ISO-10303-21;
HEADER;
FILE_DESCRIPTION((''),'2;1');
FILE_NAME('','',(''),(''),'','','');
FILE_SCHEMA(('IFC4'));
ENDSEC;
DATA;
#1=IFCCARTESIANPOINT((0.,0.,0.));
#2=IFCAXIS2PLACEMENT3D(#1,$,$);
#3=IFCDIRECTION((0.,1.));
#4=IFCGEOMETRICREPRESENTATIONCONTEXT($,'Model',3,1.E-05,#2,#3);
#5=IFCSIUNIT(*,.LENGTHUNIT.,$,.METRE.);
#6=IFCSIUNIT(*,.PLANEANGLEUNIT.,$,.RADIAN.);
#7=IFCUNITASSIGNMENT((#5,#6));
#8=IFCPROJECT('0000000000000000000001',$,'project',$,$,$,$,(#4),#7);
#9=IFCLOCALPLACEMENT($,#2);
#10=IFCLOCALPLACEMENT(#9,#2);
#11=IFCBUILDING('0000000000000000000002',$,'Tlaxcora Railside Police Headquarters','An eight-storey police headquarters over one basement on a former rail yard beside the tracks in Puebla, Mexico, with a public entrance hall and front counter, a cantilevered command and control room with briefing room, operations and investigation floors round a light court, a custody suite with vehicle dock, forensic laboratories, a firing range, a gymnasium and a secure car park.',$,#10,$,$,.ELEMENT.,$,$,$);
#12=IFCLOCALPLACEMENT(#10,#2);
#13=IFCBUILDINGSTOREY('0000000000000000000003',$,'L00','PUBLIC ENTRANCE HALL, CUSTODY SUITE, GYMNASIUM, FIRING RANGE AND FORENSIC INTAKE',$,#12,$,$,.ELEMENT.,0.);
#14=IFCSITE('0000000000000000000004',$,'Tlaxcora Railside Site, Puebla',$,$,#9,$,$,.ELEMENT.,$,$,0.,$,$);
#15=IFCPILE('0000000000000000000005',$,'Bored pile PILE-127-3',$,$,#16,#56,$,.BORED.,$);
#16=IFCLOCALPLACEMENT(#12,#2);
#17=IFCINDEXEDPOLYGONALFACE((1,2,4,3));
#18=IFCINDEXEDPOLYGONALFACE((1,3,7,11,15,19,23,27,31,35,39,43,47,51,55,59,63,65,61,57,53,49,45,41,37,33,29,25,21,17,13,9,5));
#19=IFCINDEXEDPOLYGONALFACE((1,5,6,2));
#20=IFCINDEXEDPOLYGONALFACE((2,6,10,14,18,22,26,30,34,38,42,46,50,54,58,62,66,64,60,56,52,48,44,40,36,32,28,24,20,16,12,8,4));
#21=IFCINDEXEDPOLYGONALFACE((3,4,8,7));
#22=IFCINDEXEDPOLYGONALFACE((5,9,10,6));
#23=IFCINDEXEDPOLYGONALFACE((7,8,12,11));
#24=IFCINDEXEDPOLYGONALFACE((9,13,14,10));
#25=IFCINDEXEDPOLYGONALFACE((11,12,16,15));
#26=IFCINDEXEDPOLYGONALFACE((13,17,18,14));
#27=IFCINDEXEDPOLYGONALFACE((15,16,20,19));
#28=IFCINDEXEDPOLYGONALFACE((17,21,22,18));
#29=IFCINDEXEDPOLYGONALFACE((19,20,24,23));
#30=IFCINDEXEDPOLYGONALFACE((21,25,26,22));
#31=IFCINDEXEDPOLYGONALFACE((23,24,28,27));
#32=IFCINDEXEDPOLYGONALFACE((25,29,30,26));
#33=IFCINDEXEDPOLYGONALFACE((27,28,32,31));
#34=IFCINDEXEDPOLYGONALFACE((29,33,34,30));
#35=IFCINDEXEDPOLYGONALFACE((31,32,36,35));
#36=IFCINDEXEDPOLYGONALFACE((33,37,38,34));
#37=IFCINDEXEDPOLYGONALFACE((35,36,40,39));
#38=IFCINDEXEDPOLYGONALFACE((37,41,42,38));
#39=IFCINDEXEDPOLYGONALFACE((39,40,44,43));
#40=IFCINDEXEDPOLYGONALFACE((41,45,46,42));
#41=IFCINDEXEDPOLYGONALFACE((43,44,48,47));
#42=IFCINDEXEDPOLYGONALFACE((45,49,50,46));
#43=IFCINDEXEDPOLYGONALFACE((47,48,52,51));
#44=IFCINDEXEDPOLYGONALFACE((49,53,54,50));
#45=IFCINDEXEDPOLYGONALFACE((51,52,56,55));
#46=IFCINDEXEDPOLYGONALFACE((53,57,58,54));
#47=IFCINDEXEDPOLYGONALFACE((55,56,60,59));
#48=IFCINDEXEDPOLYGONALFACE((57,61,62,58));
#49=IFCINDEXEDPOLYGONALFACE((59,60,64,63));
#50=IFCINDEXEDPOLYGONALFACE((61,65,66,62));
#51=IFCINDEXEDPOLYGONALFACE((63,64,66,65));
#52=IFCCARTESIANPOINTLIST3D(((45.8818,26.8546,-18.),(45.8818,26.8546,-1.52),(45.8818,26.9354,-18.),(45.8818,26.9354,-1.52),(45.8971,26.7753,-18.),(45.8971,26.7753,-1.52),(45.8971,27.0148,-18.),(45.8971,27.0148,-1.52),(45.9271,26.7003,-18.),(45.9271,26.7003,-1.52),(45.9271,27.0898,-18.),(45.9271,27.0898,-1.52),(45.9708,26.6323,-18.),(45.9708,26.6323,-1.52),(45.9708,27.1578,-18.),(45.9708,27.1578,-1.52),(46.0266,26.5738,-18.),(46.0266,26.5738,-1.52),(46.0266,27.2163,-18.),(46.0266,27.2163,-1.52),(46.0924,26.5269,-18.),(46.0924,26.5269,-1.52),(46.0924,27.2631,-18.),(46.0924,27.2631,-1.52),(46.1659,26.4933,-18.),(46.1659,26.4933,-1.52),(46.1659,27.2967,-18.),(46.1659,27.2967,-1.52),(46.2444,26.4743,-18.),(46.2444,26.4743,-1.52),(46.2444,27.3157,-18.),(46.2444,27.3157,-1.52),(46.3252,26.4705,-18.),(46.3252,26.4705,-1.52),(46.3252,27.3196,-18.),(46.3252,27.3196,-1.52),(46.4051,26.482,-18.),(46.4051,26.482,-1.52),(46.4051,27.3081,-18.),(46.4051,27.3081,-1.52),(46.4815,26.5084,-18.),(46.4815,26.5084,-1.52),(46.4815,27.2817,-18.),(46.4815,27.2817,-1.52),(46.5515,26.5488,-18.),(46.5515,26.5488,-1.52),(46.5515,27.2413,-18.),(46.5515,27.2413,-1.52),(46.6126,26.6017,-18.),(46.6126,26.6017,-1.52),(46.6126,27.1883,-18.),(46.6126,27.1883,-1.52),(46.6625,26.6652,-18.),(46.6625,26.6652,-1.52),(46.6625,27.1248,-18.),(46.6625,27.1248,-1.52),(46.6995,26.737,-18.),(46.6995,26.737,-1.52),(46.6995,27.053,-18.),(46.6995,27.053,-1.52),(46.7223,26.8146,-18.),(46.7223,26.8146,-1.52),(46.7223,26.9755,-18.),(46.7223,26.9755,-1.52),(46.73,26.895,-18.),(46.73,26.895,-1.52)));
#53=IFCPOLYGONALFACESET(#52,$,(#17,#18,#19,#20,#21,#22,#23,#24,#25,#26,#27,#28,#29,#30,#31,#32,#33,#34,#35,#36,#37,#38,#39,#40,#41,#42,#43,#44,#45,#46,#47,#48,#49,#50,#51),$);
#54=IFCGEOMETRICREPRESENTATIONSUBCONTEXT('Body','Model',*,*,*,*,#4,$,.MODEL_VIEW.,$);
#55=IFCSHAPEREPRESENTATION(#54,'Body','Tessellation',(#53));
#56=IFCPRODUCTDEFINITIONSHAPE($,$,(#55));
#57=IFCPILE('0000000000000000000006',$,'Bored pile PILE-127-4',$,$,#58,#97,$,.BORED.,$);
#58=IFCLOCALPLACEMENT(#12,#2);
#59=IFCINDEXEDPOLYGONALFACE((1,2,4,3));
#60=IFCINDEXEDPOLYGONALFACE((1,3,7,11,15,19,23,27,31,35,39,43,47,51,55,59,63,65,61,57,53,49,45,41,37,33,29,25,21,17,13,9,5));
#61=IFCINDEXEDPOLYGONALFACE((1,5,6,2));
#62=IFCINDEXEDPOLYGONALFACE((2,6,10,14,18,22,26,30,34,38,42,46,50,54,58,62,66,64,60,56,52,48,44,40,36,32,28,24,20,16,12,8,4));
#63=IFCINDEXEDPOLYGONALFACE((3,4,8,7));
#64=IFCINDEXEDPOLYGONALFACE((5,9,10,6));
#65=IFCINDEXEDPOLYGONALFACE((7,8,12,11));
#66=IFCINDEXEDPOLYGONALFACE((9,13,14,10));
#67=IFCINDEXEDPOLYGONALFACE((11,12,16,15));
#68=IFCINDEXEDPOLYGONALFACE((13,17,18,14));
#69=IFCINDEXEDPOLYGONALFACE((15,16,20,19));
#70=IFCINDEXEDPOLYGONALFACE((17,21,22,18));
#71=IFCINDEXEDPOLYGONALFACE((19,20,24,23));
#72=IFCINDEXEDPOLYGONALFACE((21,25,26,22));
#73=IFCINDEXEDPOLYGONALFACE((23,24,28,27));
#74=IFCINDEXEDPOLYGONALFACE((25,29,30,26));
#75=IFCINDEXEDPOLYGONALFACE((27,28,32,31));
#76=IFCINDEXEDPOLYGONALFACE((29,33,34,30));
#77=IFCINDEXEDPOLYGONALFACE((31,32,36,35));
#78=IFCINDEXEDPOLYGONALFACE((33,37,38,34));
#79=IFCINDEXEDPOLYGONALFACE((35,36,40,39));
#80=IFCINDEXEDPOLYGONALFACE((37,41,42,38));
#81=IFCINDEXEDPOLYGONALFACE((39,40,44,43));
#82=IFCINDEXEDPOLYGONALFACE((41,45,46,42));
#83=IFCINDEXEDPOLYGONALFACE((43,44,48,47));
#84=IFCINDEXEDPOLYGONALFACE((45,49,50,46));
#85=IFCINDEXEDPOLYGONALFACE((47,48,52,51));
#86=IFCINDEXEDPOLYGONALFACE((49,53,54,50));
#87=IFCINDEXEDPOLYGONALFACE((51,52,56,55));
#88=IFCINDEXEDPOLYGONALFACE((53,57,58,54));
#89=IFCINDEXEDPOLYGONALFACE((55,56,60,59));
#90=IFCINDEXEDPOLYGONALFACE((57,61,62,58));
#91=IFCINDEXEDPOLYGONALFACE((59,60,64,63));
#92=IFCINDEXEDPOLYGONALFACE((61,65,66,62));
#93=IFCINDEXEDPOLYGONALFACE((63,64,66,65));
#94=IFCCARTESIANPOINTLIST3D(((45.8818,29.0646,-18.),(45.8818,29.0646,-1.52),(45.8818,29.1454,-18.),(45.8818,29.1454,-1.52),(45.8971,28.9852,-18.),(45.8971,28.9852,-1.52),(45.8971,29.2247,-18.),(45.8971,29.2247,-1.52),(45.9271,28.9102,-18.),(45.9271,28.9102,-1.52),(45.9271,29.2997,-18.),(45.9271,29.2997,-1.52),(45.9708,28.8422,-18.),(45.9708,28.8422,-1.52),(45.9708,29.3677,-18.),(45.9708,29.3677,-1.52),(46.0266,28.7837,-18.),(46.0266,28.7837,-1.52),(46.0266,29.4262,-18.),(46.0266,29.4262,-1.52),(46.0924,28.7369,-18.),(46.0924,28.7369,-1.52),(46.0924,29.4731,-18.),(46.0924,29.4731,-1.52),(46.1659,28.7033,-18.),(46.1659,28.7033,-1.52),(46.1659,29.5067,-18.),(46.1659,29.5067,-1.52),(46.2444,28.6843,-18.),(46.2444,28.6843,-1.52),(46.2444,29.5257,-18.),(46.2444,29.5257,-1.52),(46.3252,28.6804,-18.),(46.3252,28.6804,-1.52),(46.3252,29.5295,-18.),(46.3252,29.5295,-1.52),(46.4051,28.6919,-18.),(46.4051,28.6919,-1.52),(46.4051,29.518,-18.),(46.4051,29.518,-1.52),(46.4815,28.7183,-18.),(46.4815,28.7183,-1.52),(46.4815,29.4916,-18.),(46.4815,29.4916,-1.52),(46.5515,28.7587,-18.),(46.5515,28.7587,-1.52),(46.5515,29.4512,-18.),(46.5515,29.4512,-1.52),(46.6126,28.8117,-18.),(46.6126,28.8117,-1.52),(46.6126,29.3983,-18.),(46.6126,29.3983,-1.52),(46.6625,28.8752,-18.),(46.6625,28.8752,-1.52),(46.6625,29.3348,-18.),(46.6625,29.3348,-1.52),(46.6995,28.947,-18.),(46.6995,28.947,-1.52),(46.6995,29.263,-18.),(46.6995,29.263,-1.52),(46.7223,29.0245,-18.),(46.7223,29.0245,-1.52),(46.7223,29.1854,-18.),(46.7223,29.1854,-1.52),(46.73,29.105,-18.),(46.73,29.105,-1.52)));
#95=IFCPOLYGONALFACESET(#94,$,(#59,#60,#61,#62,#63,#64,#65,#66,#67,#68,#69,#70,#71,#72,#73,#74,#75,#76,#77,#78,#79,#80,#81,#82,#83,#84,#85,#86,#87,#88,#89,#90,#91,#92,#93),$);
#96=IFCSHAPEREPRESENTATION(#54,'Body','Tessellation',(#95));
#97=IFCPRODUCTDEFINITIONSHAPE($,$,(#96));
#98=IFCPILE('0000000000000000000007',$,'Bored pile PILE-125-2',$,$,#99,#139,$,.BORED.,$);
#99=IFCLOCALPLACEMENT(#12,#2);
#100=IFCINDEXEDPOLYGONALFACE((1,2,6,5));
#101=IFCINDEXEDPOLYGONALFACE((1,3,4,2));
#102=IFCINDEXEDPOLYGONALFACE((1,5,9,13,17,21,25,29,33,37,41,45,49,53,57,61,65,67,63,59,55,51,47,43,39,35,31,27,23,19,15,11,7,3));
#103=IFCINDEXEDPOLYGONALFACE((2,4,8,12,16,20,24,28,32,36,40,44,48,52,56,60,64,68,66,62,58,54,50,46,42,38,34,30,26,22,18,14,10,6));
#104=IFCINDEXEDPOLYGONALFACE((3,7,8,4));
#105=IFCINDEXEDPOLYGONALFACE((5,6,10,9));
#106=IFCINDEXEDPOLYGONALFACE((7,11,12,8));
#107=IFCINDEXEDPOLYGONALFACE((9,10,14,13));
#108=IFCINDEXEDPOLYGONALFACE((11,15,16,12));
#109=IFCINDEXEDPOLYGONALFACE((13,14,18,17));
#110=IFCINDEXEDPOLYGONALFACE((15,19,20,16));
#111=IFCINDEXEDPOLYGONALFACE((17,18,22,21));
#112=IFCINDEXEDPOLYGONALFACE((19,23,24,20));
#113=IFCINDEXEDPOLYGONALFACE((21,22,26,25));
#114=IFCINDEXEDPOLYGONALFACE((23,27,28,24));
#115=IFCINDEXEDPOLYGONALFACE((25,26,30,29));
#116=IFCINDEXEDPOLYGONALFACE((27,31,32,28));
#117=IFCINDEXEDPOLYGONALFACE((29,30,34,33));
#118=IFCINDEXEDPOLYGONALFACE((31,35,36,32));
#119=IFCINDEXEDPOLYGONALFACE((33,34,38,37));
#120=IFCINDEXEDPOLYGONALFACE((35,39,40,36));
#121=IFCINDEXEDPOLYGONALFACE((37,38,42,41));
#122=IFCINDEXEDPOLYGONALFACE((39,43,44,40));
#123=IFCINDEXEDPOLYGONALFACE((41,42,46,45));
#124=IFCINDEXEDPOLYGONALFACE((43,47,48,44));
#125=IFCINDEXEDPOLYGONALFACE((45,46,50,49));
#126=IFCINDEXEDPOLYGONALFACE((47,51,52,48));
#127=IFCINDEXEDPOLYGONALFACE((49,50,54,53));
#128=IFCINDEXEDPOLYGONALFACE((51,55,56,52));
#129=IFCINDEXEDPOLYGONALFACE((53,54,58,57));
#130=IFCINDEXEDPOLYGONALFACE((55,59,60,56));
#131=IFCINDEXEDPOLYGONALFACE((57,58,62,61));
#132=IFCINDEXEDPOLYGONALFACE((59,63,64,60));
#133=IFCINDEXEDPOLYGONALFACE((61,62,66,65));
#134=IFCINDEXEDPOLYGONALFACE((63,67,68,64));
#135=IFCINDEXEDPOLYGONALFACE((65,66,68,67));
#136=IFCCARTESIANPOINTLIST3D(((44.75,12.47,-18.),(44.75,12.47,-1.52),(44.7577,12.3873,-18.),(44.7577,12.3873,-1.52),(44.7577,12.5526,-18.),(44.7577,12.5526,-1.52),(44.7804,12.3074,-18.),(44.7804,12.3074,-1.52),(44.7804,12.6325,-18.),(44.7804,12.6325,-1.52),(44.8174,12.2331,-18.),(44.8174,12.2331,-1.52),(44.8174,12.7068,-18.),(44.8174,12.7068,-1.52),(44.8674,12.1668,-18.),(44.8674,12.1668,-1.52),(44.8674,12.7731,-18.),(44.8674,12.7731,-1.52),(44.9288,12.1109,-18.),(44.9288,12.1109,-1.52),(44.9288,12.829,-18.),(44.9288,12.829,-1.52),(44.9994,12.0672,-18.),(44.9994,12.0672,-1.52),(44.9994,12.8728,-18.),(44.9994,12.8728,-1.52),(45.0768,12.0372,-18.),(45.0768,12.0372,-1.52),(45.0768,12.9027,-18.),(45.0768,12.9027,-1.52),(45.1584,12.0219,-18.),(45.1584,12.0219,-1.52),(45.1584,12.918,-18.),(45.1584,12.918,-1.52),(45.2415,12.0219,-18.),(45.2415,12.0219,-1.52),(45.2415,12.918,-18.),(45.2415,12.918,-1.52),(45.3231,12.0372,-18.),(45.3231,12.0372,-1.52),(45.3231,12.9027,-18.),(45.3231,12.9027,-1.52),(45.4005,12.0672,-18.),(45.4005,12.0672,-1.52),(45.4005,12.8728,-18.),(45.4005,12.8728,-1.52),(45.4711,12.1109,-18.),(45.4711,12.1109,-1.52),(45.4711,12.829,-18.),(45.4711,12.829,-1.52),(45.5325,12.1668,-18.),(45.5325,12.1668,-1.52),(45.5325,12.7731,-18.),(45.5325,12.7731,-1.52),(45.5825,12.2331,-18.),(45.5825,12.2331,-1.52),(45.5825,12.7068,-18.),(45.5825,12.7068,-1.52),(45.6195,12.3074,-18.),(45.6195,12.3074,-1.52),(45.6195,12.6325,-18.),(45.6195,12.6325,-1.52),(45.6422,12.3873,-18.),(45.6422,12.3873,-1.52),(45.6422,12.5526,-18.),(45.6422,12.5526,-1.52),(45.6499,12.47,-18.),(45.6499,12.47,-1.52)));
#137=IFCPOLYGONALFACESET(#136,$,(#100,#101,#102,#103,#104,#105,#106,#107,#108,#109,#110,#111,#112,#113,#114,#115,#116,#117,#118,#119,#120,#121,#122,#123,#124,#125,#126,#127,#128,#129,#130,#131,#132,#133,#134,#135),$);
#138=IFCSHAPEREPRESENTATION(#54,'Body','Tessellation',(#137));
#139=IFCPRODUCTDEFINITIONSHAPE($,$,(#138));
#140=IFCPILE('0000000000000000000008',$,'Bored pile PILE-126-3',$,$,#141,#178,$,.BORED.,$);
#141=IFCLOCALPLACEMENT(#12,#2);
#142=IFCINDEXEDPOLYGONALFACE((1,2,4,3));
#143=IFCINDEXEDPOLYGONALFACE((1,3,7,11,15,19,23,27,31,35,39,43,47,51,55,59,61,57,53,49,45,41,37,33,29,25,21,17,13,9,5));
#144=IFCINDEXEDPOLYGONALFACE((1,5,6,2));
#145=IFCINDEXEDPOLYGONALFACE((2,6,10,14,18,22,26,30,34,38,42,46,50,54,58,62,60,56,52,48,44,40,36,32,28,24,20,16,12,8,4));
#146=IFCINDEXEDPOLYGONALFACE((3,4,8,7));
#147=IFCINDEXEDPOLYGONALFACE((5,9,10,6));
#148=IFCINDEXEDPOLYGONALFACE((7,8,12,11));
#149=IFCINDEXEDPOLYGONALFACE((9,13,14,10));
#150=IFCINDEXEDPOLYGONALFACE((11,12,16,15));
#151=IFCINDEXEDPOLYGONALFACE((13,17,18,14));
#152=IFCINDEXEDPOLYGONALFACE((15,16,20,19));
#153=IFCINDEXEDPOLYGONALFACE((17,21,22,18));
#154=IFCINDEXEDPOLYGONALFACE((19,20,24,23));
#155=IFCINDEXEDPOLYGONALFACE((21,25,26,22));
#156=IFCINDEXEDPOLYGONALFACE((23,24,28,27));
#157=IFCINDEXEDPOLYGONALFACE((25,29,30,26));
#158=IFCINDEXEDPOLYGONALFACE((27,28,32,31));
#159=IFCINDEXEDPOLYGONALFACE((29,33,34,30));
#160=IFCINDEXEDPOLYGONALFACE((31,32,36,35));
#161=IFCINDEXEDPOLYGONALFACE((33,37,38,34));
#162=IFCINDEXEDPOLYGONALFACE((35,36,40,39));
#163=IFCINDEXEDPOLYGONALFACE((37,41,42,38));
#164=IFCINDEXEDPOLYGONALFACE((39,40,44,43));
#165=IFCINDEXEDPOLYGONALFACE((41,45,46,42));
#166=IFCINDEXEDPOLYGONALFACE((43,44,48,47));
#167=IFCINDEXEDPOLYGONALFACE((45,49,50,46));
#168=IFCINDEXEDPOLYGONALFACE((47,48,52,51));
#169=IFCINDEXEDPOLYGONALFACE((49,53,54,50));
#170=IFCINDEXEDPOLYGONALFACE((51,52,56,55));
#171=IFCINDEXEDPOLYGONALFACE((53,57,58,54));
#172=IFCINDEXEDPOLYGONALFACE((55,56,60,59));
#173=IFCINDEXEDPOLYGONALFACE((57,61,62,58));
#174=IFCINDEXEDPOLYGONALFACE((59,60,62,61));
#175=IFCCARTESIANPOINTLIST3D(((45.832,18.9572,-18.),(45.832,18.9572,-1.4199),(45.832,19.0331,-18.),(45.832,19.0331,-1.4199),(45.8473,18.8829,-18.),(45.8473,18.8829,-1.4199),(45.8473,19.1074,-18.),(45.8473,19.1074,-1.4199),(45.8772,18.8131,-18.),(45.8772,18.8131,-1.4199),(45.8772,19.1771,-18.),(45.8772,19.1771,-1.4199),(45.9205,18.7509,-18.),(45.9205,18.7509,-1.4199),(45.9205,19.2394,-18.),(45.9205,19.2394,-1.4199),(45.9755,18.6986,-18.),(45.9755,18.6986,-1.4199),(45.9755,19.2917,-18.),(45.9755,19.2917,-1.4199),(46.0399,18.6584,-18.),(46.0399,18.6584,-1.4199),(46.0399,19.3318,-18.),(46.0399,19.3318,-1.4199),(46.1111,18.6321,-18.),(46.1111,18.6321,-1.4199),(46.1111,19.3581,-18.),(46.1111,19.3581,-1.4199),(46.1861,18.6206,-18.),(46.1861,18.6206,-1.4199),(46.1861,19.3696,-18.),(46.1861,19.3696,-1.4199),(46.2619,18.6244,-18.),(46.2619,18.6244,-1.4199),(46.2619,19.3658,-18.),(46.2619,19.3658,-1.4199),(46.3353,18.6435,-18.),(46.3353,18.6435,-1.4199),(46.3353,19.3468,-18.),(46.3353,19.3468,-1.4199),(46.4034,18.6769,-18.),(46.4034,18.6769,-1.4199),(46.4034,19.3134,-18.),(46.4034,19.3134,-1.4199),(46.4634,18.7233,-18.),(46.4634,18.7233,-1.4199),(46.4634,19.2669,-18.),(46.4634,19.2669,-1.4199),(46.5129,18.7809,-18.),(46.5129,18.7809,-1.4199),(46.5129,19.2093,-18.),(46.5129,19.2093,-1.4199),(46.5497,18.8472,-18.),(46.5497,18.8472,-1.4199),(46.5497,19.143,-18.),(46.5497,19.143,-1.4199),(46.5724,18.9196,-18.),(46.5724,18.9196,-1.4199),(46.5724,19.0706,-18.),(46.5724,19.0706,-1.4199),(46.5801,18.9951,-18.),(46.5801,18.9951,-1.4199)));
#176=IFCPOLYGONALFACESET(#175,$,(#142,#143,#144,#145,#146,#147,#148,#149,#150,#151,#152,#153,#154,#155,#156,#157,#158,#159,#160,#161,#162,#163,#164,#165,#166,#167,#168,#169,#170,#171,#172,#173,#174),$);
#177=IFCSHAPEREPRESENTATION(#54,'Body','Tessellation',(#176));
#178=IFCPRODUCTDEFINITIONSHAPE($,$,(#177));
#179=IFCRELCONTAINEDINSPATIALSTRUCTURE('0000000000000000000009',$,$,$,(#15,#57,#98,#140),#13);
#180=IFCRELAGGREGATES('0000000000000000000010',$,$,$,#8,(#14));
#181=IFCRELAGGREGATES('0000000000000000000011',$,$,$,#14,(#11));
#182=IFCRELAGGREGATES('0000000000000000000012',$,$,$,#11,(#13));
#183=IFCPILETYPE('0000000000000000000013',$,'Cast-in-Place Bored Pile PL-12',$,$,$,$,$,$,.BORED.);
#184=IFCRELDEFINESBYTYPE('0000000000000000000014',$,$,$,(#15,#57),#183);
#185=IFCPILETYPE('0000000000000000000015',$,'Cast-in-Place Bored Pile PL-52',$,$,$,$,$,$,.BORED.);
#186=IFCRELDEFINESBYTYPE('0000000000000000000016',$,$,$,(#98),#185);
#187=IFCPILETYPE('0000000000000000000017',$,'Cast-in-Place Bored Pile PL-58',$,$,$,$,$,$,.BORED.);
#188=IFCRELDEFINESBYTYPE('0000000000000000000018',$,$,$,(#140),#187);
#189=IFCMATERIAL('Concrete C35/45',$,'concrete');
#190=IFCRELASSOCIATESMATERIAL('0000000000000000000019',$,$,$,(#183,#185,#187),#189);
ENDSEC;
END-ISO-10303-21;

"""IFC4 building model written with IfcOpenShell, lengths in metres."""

from ifc_helpers import new_model, si_unit, direction, frame, origin, origin_2d, place, context, subcontext, project, spatial, circle, extrude, material, material_profile, profile_set, type_object, element, save


model = new_model("IFC4")

# Units and contexts
model_context = context("Model", 3, precision=1e-05, world=origin(), true_north=direction((0.0, 1.0)))
body_context = subcontext(model_context, "Body", "Model", "MODEL_VIEW")
ifc_project = project(units=[si_unit("LENGTHUNIT", "METRE"), si_unit("PLANEANGLEUNIT", "RADIAN")], contexts=[model_context])

# Site, building, storey
site_placement = place(None, origin())
site = spatial("IfcSite", under=ifc_project, at=site_placement, Name="Tlaxcora Railside Site, Puebla", CompositionType="ELEMENT", RefElevation=0.0)
building_placement = place(site_placement, origin())
building = spatial("IfcBuilding", under=site, at=building_placement, Name="Tlaxcora Railside Police Headquarters", Description="An eight-storey police headquarters over one basement on a former rail yard beside the tracks in Puebla, Mexico, with a public entrance hall and front counter, a cantilevered command and control room with briefing room, operations and investigation floors round a light court, a custody suite with vehicle dock, forensic laboratories, a firing range, a gymnasium and a secure car park.", CompositionType="ELEMENT")
storey_placement = place(building_placement, origin())
storey = spatial("IfcBuildingStorey", under=building, at=storey_placement, Name="L00", Description="PUBLIC ENTRANCE HALL, CUSTODY SUITE, GYMNASIUM, FIRING RANGE AND FORENSIC INTAKE", CompositionType="ELEMENT", Elevation=0.0)

# Piles
ifc_material_1 = material(Name="Concrete C35/45", Category="concrete")
ifc_material_profile_1 = material_profile(ifc_material_1, circle(Radius=0.425, at=origin_2d()), Name="PILE850")
ifc_profile_set_1 = profile_set([ifc_material_profile_1], Name="Concrete C35/45")
pile_type_1 = type_object("IfcPileType", Name="Cast-in-Place Bored Pile PL-12", PredefinedType="BORED", material=ifc_profile_set_1)
for number, where, z_axis, x_axis, name in (
    (1, (46.3049, 26.895, -1.52), (0.0, 0.0, -1.0), (1.0, 0.0, 0.0), "Bored pile PILE-127-3"),
    (2, (46.3049, 29.105, -1.52), (0.0, 0.0, -1.0), (1.0, 0.0, 0.0), "Bored pile PILE-127-4"),
):
    element("IfcPile", number, at=place(storey_placement, frame(where, z_axis=z_axis, x_axis=x_axis)), inside=storey, type_object=pile_type_1, Name=name, PredefinedType="BORED", context=body_context, shape_type="SweptSolid", body=[
        extrude(circle(Radius=0.425, at=origin_2d()), origin(), (0.0, 0.0, 1.0), 16.48),
    ])
ifc_material_profile_2 = material_profile(ifc_material_1, circle(Radius=0.45, at=origin_2d()), Name="PILE900")
ifc_profile_set_2 = profile_set([ifc_material_profile_2], Name="Concrete C35/45")
pile_type_2 = type_object("IfcPileType", Name="Cast-in-Place Bored Pile PL-52", PredefinedType="BORED", material=ifc_profile_set_2)
pile_placement = place(storey_placement, frame((45.2, 12.47, -1.52), z_axis=(0.0, 0.0, -1.0), x_axis=(1.0, 0.0, 0.0)))
element("IfcPile", 3, at=pile_placement, inside=storey, type_object=pile_type_2, Name="Bored pile PILE-125-2", PredefinedType="BORED", context=body_context, shape_type="SweptSolid", body=[
    extrude(circle(Radius=0.45, at=origin_2d()), origin(), (0.0, 0.0, 1.0), 16.48),
])
ifc_material_profile_3 = material_profile(ifc_material_1, circle(Radius=0.375, at=origin_2d()), Name="PILE750")
ifc_profile_set_3 = profile_set([ifc_material_profile_3], Name="Concrete C35/45")
pile_type_3 = type_object("IfcPileType", Name="Cast-in-Place Bored Pile PL-58", PredefinedType="BORED", material=ifc_profile_set_3)
for number, where, z_axis, x_axis, name in (
    (4, (46.2051, 18.9951, -1.4199), (0.0, 0.0, -1.0), (1.0, 0.0, 0.0), "Bored pile PILE-126-3"),
):
    element("IfcPile", number, at=place(storey_placement, frame(where, z_axis=z_axis, x_axis=x_axis)), inside=storey, type_object=pile_type_3, Name=name, PredefinedType="BORED", context=body_context, shape_type="SweptSolid", body=[
        extrude(circle(Radius=0.375, at=origin_2d()), origin(), (0.0, 0.0, 1.0), 16.5801),
    ])

save(model, "model.ifc")
